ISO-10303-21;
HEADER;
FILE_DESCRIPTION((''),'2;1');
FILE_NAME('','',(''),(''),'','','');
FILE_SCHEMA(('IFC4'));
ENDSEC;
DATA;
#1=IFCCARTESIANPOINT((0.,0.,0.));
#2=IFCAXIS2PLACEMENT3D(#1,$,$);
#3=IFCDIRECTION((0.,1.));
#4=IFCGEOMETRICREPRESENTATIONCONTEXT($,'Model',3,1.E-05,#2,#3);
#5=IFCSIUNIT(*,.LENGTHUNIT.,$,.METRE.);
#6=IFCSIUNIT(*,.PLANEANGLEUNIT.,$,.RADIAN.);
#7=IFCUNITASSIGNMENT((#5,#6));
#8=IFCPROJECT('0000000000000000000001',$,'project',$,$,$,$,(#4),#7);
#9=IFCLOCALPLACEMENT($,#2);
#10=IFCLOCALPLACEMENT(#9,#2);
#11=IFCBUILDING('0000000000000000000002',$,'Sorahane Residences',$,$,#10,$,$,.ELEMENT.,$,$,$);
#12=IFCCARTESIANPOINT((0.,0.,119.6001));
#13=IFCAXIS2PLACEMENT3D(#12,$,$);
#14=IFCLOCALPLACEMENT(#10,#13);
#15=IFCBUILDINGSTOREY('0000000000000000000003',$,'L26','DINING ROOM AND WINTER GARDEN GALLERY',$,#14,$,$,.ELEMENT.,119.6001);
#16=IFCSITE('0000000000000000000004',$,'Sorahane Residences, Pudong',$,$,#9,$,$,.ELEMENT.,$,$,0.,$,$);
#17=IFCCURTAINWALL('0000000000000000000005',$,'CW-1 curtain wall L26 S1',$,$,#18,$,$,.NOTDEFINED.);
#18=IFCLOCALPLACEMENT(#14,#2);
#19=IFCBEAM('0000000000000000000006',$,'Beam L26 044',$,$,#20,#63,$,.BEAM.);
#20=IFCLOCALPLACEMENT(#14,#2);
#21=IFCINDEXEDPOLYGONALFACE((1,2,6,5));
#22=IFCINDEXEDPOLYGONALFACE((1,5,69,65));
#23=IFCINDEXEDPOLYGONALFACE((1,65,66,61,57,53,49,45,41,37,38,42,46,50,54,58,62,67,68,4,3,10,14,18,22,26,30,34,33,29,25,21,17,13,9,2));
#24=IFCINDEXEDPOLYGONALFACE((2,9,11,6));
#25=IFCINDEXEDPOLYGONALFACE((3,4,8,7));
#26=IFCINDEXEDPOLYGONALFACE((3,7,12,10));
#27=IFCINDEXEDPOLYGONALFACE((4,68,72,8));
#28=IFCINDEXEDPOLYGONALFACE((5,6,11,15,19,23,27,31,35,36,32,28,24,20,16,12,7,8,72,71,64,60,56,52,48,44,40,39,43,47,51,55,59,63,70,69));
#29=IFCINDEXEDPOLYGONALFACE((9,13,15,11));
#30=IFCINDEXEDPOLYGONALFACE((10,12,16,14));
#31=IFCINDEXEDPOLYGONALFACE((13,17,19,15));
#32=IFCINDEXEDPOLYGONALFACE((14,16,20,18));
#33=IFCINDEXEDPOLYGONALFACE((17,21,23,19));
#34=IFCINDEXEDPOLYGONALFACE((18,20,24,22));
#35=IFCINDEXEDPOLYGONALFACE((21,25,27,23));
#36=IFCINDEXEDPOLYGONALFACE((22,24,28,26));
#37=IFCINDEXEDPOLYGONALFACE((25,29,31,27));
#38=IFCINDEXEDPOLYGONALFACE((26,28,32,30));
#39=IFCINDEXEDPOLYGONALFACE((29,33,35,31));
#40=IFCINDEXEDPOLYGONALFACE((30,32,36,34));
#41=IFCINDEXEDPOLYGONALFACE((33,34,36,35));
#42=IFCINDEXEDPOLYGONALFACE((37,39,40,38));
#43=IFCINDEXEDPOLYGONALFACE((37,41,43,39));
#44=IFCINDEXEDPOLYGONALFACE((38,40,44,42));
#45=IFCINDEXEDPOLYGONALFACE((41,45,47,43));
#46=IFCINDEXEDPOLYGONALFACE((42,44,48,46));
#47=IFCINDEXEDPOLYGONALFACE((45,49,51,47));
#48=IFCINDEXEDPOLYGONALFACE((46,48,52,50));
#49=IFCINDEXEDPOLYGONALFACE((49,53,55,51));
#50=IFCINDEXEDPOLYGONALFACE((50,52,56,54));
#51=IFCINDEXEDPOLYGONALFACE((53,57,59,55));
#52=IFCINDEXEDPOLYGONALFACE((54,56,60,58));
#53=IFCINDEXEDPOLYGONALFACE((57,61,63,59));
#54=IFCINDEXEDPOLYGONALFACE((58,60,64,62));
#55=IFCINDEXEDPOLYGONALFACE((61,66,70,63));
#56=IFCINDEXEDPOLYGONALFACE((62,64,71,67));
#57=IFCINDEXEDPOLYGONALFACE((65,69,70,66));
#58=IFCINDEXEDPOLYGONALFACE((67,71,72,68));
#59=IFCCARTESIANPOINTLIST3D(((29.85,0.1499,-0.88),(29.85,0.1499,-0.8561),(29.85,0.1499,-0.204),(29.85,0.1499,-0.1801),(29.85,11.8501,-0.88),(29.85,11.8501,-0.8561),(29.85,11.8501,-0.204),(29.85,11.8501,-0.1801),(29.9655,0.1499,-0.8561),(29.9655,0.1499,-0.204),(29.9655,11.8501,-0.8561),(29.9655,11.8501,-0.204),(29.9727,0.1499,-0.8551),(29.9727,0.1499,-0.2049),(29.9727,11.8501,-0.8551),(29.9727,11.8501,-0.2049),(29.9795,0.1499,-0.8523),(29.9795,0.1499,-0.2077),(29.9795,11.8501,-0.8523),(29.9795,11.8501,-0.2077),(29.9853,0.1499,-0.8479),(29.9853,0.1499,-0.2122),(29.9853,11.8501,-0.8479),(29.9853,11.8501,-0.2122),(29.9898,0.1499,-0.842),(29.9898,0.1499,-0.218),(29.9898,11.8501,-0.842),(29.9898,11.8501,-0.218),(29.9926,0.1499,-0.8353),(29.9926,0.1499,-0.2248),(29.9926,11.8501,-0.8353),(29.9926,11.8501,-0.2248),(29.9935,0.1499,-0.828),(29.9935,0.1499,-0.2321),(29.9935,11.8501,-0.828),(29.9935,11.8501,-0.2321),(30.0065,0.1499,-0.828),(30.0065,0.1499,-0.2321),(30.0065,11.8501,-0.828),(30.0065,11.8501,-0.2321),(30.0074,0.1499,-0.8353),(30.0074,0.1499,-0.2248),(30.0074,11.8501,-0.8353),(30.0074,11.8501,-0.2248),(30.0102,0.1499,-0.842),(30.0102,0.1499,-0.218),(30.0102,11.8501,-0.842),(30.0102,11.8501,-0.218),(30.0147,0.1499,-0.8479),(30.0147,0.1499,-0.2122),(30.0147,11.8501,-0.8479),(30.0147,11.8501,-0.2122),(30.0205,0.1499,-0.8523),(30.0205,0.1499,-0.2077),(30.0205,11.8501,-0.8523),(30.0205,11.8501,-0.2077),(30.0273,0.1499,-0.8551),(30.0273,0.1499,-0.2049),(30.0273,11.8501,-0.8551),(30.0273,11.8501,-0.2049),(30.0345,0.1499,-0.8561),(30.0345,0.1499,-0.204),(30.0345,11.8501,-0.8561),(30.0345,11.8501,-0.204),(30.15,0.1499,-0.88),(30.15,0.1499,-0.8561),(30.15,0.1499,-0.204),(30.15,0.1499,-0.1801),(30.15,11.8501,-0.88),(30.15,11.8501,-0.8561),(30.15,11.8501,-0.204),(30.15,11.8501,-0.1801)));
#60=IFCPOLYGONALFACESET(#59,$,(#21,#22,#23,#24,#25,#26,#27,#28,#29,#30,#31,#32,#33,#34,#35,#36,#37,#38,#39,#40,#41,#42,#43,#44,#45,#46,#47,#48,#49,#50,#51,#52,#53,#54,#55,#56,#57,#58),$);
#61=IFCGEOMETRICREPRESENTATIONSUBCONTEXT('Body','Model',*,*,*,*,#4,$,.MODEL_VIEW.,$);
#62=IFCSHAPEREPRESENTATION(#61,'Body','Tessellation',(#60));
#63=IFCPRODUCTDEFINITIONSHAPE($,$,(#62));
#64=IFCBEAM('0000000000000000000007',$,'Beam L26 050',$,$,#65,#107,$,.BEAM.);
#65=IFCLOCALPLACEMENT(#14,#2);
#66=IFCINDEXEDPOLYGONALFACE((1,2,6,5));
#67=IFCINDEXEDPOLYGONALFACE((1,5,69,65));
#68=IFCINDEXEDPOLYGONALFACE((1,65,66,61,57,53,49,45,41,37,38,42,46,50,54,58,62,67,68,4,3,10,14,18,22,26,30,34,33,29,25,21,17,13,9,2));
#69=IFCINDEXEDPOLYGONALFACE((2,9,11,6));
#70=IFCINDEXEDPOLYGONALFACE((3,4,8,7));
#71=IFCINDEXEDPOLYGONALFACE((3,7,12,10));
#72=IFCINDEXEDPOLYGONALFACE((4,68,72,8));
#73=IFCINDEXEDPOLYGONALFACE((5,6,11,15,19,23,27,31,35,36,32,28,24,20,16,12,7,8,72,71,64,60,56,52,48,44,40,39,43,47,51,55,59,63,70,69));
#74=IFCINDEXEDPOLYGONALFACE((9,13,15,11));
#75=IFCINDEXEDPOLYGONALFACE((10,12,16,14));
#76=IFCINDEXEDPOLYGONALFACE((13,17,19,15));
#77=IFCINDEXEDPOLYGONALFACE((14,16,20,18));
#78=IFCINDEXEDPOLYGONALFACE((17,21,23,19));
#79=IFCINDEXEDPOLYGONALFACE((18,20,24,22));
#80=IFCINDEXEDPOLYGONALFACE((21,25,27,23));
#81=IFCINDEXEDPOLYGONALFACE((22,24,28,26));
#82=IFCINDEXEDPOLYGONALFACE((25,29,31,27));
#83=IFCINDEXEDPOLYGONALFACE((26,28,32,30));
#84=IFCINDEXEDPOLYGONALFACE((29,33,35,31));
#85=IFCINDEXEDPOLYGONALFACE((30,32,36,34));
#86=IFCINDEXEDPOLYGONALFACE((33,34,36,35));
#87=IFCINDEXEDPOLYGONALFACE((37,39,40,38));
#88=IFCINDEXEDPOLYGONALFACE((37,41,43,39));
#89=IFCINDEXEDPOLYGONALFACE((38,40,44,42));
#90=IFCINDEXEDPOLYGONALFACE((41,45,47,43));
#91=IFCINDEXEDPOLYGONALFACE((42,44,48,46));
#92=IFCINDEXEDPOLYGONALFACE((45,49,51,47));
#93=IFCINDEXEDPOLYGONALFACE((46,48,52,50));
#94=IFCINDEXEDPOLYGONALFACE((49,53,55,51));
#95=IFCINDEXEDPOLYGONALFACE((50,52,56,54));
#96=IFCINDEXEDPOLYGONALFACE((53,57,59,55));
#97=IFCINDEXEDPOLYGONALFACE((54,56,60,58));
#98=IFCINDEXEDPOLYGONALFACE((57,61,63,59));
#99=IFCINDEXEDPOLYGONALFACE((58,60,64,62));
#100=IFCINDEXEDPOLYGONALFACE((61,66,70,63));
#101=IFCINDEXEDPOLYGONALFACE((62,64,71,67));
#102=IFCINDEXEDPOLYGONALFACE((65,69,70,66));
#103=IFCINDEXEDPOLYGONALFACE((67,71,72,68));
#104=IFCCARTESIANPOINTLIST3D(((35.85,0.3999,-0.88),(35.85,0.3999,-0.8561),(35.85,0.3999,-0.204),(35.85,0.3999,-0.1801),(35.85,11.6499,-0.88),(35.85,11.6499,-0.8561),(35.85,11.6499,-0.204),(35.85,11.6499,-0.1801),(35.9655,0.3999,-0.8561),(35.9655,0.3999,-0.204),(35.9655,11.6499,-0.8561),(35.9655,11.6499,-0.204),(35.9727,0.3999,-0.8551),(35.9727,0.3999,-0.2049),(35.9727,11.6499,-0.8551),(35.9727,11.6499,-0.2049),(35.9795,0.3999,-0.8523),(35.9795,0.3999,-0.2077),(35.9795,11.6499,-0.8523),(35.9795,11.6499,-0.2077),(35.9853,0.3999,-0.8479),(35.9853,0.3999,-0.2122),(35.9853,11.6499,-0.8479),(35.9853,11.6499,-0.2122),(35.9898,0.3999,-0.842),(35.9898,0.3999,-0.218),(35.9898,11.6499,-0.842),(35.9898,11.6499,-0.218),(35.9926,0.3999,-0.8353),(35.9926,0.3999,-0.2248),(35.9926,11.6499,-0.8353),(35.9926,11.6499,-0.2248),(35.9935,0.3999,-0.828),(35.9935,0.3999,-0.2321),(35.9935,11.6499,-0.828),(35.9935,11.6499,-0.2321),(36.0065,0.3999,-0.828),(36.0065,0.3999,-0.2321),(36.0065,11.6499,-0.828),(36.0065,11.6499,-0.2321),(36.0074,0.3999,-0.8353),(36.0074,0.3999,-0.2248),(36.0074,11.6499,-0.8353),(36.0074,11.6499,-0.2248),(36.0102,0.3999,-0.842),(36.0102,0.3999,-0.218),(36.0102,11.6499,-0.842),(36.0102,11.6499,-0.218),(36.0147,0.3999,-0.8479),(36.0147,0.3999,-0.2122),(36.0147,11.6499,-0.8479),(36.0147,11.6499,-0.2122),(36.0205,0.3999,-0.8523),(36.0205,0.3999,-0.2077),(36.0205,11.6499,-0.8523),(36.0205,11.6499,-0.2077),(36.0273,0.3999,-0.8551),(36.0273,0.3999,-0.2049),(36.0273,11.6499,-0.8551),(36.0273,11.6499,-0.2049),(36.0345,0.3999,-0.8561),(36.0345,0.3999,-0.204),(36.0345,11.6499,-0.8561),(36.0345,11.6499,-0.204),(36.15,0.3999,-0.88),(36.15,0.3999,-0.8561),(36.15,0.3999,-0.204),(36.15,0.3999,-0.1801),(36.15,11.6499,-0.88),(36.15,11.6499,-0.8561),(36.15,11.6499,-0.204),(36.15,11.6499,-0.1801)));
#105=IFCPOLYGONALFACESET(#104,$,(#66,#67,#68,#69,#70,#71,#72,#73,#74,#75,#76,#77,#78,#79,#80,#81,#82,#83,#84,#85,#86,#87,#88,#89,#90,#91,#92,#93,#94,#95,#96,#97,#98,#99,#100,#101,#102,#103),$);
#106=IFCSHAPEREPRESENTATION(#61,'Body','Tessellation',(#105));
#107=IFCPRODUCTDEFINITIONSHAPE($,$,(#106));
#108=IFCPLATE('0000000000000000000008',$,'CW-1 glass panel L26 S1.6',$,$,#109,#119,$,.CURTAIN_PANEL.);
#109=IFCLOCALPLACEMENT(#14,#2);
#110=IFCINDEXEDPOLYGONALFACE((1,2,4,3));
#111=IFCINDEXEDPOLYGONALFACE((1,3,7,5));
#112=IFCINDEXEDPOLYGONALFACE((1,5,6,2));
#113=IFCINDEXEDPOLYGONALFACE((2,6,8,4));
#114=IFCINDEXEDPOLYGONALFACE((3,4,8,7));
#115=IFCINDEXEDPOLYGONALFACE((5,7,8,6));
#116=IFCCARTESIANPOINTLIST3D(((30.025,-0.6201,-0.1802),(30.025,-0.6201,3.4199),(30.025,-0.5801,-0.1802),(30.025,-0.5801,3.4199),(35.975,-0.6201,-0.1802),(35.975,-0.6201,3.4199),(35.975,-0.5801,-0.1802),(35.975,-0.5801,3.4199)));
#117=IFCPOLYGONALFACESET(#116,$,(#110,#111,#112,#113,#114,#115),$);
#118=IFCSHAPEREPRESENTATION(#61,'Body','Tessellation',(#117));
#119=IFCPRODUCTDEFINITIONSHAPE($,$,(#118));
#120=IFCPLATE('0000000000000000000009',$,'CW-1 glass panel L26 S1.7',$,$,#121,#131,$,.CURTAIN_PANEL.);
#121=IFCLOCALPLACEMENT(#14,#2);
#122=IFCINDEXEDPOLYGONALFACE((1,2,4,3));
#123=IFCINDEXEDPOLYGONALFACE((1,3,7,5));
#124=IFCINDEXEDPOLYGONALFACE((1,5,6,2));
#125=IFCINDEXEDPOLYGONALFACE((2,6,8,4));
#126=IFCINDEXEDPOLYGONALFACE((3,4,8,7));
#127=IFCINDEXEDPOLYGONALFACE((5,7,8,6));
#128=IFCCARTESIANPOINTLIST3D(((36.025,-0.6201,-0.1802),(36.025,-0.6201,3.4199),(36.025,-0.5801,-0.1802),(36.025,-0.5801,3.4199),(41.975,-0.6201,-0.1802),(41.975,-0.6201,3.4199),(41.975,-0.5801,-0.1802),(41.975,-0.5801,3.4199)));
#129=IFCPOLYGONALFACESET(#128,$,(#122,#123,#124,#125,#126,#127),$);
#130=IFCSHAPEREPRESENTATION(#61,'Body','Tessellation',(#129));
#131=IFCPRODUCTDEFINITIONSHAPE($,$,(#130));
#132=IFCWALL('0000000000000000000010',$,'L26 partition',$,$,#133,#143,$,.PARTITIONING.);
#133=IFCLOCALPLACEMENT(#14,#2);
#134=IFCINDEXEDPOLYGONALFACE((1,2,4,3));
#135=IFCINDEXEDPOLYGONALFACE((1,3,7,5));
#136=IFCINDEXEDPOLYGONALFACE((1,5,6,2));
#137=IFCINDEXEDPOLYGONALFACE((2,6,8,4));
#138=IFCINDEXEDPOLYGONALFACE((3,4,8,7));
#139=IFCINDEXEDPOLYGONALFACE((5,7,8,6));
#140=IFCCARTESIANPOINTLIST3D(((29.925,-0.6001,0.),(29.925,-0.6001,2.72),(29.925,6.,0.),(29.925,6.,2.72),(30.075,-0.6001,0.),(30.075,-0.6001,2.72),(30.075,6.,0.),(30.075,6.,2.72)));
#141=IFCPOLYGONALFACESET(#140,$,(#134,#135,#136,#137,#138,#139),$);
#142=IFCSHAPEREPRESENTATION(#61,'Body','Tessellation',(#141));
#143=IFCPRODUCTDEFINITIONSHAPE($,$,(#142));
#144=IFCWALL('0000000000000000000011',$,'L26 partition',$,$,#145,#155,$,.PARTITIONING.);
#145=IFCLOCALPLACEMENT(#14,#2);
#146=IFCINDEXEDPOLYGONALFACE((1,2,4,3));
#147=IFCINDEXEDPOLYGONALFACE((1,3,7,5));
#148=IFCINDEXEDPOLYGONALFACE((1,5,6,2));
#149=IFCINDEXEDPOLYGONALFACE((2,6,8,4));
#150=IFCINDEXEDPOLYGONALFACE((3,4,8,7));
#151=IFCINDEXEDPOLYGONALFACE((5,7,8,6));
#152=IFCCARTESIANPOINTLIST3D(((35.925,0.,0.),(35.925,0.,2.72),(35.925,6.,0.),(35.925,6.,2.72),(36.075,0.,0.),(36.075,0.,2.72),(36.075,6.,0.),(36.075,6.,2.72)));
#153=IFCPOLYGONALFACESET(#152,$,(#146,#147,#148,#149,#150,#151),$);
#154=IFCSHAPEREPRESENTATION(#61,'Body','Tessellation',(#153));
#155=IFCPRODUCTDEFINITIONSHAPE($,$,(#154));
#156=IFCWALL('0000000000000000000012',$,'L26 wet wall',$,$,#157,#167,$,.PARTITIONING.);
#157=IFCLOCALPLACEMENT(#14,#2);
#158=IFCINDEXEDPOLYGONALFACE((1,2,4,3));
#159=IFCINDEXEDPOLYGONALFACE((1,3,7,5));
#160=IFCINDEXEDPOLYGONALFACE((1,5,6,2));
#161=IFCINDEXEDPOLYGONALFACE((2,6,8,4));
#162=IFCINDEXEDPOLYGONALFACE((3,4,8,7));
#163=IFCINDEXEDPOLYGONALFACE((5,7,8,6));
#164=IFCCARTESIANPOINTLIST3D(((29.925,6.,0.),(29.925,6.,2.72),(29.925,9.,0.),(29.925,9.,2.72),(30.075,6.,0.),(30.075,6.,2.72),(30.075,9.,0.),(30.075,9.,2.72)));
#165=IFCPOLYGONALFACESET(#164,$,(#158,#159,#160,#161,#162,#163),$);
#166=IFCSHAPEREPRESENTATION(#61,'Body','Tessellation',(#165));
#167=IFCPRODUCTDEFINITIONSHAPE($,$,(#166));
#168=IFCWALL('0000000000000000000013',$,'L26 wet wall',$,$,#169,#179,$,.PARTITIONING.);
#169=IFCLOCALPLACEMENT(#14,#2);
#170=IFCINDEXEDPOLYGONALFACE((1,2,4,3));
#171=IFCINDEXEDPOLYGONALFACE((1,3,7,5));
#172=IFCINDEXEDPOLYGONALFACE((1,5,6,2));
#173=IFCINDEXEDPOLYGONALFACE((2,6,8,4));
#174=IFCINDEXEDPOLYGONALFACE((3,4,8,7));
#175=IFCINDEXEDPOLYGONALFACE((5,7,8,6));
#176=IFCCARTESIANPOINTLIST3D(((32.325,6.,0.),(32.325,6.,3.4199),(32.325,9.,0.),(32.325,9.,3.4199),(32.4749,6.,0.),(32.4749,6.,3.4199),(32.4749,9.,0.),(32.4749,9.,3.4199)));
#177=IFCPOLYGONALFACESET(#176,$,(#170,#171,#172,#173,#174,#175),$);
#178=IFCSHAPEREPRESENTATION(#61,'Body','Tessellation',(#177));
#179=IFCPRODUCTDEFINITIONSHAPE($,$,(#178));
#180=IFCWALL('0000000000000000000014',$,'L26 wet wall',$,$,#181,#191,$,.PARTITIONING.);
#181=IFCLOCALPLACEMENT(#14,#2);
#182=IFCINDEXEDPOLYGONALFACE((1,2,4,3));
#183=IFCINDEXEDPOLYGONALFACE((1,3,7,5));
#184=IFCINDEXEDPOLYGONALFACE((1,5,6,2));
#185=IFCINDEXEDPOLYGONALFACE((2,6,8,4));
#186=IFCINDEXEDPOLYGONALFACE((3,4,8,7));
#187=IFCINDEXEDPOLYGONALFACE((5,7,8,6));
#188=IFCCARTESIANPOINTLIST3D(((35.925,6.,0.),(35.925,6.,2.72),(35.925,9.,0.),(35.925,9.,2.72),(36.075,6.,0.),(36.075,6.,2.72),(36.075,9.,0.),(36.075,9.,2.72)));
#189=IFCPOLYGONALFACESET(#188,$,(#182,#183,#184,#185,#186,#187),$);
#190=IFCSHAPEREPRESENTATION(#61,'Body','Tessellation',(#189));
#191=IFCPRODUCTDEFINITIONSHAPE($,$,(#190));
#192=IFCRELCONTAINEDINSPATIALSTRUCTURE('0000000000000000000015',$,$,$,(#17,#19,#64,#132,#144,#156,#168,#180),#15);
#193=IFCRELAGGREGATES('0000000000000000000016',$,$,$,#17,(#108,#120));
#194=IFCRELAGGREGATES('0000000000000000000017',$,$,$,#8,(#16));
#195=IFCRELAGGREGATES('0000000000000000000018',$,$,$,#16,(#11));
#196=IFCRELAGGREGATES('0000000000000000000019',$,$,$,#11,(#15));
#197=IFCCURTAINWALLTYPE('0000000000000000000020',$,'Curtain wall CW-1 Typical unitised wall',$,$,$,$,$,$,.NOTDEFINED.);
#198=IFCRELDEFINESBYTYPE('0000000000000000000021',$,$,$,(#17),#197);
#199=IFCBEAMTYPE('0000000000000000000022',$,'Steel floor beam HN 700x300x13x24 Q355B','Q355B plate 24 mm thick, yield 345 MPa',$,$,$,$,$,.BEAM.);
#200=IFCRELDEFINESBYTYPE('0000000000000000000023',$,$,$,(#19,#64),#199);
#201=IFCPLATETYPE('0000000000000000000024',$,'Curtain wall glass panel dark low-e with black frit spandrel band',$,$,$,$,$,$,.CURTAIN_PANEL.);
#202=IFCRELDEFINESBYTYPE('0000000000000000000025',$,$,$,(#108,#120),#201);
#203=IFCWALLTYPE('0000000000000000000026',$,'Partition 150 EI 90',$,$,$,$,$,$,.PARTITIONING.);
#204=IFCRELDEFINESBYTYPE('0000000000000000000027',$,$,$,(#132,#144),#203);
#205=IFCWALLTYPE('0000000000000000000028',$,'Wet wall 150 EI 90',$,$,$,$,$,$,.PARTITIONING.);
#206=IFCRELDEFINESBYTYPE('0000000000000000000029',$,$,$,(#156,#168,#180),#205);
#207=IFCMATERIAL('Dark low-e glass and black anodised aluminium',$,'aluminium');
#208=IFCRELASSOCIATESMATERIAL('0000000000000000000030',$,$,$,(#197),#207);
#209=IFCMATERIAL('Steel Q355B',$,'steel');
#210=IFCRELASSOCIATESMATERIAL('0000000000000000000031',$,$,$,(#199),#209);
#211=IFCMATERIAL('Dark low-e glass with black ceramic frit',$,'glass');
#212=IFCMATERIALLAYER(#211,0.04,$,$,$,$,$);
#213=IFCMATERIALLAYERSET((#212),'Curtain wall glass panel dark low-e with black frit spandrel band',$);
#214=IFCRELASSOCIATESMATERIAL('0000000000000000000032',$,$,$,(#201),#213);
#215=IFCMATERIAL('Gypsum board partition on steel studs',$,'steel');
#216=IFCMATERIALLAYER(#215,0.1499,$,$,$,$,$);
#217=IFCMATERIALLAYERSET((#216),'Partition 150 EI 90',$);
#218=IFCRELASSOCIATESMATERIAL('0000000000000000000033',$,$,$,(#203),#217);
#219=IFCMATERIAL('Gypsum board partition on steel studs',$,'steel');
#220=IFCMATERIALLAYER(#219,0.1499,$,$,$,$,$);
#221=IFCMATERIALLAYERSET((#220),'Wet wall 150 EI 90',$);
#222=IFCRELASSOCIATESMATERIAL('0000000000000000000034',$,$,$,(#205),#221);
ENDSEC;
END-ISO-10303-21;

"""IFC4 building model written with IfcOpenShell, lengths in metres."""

from ifc_helpers import new_model, si_unit, direction, frame, frame_2d, origin, origin_2d, place, context, subcontext, project, spatial, rectangle, i_section, extrude, material, layer, layer_set, material_profile, profile_set, type_object, element, aggregate, save


model = new_model("IFC4")

# Units and contexts
model_context = context("Model", 3, precision=1e-05, world=origin(), true_north=direction((0.0, 1.0)))
body_context = subcontext(model_context, "Body", "Model", "MODEL_VIEW")
ifc_project = project(units=[si_unit("LENGTHUNIT", "METRE"), si_unit("PLANEANGLEUNIT", "RADIAN")], contexts=[model_context])

# Site, building, storey
site_placement = place(None, origin())
site = spatial("IfcSite", under=ifc_project, at=site_placement, Name="Sorahane Residences, Pudong", CompositionType="ELEMENT", RefElevation=0.0)
building_placement = place(site_placement, origin())
building = spatial("IfcBuilding", under=site, at=building_placement, Name="Sorahane Residences", CompositionType="ELEMENT")
storey_placement = place(building_placement, frame((0.0, 0.0, 119.6001)))
storey = spatial("IfcBuildingStorey", under=building, at=storey_placement, Name="L26", Description="DINING ROOM AND WINTER GARDEN GALLERY", CompositionType="ELEMENT", Elevation=119.6001)

# Curtain wall
ifc_material_1 = material(Name="Dark low-e glass and black anodised aluminium", Category="aluminium")
curtain_wall_type = type_object("IfcCurtainWallType", Name="Curtain wall CW-1 Typical unitised wall", PredefinedType="NOTDEFINED", material=ifc_material_1)
curtain_wall_placement = place(storey_placement, origin())
curtain_wall = element("IfcCurtainWall", 1, at=curtain_wall_placement, inside=storey, type_object=curtain_wall_type, Name="CW-1 curtain wall L26 S1", PredefinedType="NOTDEFINED")

# Beams
ifc_material_2 = material(Name="Steel Q355B", Category="steel")
ifc_material_profile_1 = material_profile(ifc_material_2, i_section(OverallWidth=0.3, OverallDepth=0.7, WebThickness=0.0129, FlangeThickness=0.0239, FilletRadius=0.0281, at=origin_2d()), Name="HN 700x300x13x24")
ifc_profile_set_1 = profile_set([ifc_material_profile_1], Name="Steel Q355B")
beam_type_1 = type_object("IfcBeamType", Name="Steel floor beam HN 700x300x13x24 Q355B", Description="Q355B plate 24 mm thick, yield 345 MPa", PredefinedType="BEAM", material=ifc_profile_set_1)
beam_1_placement = place(storey_placement, frame((30.0, 0.1499, -0.53), z_axis=(0.0, 1.0, 0.0), x_axis=(-1.0, 0.0, 0.0)))
element("IfcBeam", 2, at=beam_1_placement, inside=storey, type_object=beam_type_1, Name="Beam L26 044", PredefinedType="BEAM", context=body_context, shape_type="SweptSolid", body=[
    extrude(i_section(OverallWidth=0.3, OverallDepth=0.7, WebThickness=0.0129, FlangeThickness=0.0239, FilletRadius=0.0281, at=origin_2d()), origin(), (0.0, 0.0, 1.0), 11.7002),
])
beam_2_placement = place(storey_placement, frame((36.0, 0.3999, -0.53), z_axis=(0.0, 1.0, 0.0), x_axis=(-1.0, 0.0, 0.0)))
element("IfcBeam", 3, at=beam_2_placement, inside=storey, type_object=beam_type_1, Name="Beam L26 050", PredefinedType="BEAM", context=body_context, shape_type="SweptSolid", body=[
    extrude(i_section(OverallWidth=0.3, OverallDepth=0.7, WebThickness=0.0129, FlangeThickness=0.0239, FilletRadius=0.0281, at=origin_2d()), origin(), (0.0, 0.0, 1.0), 11.25),
])

# Plates
ifc_material_3 = material(Name="Dark low-e glass with black ceramic frit", Category="glass")
ifc_layer_1 = layer(ifc_material_3, 0.04)
ifc_layer_set_1 = layer_set([ifc_layer_1], Name="Curtain wall glass panel dark low-e with black frit spandrel band")
plate_type = type_object("IfcPlateType", Name="Curtain wall glass panel dark low-e with black frit spandrel band", PredefinedType="CURTAIN_PANEL", material=ifc_layer_set_1)
plate_1_placement = place(storey_placement, frame((33.0, -0.6001, -0.1802), z_axis=(0.0, 0.0, 1.0), x_axis=(1.0, 0.0, 0.0)))
plate_1 = element("IfcPlate", 4, at=plate_1_placement, type_object=plate_type, Name="CW-1 glass panel L26 S1.6", PredefinedType="CURTAIN_PANEL", context=body_context, shape_type="SweptSolid", body=[
    extrude(rectangle(XDim=5.95, YDim=0.04, at=origin_2d()), origin(), (0.0, 0.0, 1.0), 3.6001),
])
plate_2_placement = place(storey_placement, frame((39.0, -0.6001, -0.1802), z_axis=(0.0, 0.0, 1.0), x_axis=(1.0, 0.0, 0.0)))
plate_2 = element("IfcPlate", 5, at=plate_2_placement, type_object=plate_type, Name="CW-1 glass panel L26 S1.7", PredefinedType="CURTAIN_PANEL", context=body_context, shape_type="SweptSolid", body=[
    extrude(rectangle(XDim=5.95, YDim=0.04, at=origin_2d()), origin(), (0.0, 0.0, 1.0), 3.6001),
])
aggregate(curtain_wall, [plate_1, plate_2])

# Walls
ifc_material_4 = material(Name="Gypsum board partition on steel studs", Category="steel")
ifc_layer_2 = layer(ifc_material_4, 0.1499)
ifc_layer_set_2 = layer_set([ifc_layer_2], Name="Partition 150 EI 90")
wall_type_1 = type_object("IfcWallType", Name="Partition 150 EI 90", PredefinedType="PARTITIONING", material=ifc_layer_set_2)
wall_1_placement = place(storey_placement, frame((30.0, -0.6001, 0.0), z_axis=(0.0, 0.0, 1.0), x_axis=(0.0, 1.0, 0.0)))
element("IfcWall", 6, at=wall_1_placement, inside=storey, type_object=wall_type_1, Name="L26 partition", PredefinedType="PARTITIONING", context=body_context, shape_type="SweptSolid", body=[
    extrude(rectangle(XDim=6.6001, YDim=0.1499, at=frame_2d((3.3, 0.0))), origin(), (0.0, 0.0, 1.0), 2.72),
])
wall_2_placement = place(storey_placement, frame((36.0, 0.0, 0.0), z_axis=(0.0, 0.0, 1.0), x_axis=(0.0, 1.0, 0.0)))
element("IfcWall", 7, at=wall_2_placement, inside=storey, type_object=wall_type_1, Name="L26 partition", PredefinedType="PARTITIONING", context=body_context, shape_type="SweptSolid", body=[
    extrude(rectangle(XDim=6.0, YDim=0.1499, at=frame_2d((3.0, 0.0))), origin(), (0.0, 0.0, 1.0), 2.72),
])

# Walls
ifc_material_5 = material(Name="Gypsum board partition on steel studs", Category="steel")
ifc_layer_3 = layer(ifc_material_5, 0.1499)
ifc_layer_set_3 = layer_set([ifc_layer_3], Name="Wet wall 150 EI 90")
wall_type_2 = type_object("IfcWallType", Name="Wet wall 150 EI 90", PredefinedType="PARTITIONING", material=ifc_layer_set_3)
wall_3_placement = place(storey_placement, frame((30.0, 6.0, 0.0), z_axis=(0.0, 0.0, 1.0), x_axis=(0.0, 1.0, 0.0)))
element("IfcWall", 8, at=wall_3_placement, inside=storey, type_object=wall_type_2, Name="L26 wet wall", PredefinedType="PARTITIONING", context=body_context, shape_type="SweptSolid", body=[
    extrude(rectangle(XDim=3.0, YDim=0.1499, at=frame_2d((1.5, 0.0))), origin(), (0.0, 0.0, 1.0), 2.72),
])
wall_4_placement = place(storey_placement, frame((32.3999, 6.0, 0.0), z_axis=(0.0, 0.0, 1.0), x_axis=(0.0, 1.0, 0.0)))
element("IfcWall", 9, at=wall_4_placement, inside=storey, type_object=wall_type_2, Name="L26 wet wall", PredefinedType="PARTITIONING", context=body_context, shape_type="SweptSolid", body=[
    extrude(rectangle(XDim=3.0, YDim=0.1499, at=frame_2d((1.5, 0.0))), origin(), (0.0, 0.0, 1.0), 3.4199),
])
wall_5_placement = place(storey_placement, frame((36.0, 6.0, 0.0), z_axis=(0.0, 0.0, 1.0), x_axis=(0.0, 1.0, 0.0)))
element("IfcWall", 10, at=wall_5_placement, inside=storey, type_object=wall_type_2, Name="L26 wet wall", PredefinedType="PARTITIONING", context=body_context, shape_type="SweptSolid", body=[
    extrude(rectangle(XDim=3.0, YDim=0.1499, at=frame_2d((1.5, 0.0))), origin(), (0.0, 0.0, 1.0), 2.72),
])

save(model, "model.ifc")
